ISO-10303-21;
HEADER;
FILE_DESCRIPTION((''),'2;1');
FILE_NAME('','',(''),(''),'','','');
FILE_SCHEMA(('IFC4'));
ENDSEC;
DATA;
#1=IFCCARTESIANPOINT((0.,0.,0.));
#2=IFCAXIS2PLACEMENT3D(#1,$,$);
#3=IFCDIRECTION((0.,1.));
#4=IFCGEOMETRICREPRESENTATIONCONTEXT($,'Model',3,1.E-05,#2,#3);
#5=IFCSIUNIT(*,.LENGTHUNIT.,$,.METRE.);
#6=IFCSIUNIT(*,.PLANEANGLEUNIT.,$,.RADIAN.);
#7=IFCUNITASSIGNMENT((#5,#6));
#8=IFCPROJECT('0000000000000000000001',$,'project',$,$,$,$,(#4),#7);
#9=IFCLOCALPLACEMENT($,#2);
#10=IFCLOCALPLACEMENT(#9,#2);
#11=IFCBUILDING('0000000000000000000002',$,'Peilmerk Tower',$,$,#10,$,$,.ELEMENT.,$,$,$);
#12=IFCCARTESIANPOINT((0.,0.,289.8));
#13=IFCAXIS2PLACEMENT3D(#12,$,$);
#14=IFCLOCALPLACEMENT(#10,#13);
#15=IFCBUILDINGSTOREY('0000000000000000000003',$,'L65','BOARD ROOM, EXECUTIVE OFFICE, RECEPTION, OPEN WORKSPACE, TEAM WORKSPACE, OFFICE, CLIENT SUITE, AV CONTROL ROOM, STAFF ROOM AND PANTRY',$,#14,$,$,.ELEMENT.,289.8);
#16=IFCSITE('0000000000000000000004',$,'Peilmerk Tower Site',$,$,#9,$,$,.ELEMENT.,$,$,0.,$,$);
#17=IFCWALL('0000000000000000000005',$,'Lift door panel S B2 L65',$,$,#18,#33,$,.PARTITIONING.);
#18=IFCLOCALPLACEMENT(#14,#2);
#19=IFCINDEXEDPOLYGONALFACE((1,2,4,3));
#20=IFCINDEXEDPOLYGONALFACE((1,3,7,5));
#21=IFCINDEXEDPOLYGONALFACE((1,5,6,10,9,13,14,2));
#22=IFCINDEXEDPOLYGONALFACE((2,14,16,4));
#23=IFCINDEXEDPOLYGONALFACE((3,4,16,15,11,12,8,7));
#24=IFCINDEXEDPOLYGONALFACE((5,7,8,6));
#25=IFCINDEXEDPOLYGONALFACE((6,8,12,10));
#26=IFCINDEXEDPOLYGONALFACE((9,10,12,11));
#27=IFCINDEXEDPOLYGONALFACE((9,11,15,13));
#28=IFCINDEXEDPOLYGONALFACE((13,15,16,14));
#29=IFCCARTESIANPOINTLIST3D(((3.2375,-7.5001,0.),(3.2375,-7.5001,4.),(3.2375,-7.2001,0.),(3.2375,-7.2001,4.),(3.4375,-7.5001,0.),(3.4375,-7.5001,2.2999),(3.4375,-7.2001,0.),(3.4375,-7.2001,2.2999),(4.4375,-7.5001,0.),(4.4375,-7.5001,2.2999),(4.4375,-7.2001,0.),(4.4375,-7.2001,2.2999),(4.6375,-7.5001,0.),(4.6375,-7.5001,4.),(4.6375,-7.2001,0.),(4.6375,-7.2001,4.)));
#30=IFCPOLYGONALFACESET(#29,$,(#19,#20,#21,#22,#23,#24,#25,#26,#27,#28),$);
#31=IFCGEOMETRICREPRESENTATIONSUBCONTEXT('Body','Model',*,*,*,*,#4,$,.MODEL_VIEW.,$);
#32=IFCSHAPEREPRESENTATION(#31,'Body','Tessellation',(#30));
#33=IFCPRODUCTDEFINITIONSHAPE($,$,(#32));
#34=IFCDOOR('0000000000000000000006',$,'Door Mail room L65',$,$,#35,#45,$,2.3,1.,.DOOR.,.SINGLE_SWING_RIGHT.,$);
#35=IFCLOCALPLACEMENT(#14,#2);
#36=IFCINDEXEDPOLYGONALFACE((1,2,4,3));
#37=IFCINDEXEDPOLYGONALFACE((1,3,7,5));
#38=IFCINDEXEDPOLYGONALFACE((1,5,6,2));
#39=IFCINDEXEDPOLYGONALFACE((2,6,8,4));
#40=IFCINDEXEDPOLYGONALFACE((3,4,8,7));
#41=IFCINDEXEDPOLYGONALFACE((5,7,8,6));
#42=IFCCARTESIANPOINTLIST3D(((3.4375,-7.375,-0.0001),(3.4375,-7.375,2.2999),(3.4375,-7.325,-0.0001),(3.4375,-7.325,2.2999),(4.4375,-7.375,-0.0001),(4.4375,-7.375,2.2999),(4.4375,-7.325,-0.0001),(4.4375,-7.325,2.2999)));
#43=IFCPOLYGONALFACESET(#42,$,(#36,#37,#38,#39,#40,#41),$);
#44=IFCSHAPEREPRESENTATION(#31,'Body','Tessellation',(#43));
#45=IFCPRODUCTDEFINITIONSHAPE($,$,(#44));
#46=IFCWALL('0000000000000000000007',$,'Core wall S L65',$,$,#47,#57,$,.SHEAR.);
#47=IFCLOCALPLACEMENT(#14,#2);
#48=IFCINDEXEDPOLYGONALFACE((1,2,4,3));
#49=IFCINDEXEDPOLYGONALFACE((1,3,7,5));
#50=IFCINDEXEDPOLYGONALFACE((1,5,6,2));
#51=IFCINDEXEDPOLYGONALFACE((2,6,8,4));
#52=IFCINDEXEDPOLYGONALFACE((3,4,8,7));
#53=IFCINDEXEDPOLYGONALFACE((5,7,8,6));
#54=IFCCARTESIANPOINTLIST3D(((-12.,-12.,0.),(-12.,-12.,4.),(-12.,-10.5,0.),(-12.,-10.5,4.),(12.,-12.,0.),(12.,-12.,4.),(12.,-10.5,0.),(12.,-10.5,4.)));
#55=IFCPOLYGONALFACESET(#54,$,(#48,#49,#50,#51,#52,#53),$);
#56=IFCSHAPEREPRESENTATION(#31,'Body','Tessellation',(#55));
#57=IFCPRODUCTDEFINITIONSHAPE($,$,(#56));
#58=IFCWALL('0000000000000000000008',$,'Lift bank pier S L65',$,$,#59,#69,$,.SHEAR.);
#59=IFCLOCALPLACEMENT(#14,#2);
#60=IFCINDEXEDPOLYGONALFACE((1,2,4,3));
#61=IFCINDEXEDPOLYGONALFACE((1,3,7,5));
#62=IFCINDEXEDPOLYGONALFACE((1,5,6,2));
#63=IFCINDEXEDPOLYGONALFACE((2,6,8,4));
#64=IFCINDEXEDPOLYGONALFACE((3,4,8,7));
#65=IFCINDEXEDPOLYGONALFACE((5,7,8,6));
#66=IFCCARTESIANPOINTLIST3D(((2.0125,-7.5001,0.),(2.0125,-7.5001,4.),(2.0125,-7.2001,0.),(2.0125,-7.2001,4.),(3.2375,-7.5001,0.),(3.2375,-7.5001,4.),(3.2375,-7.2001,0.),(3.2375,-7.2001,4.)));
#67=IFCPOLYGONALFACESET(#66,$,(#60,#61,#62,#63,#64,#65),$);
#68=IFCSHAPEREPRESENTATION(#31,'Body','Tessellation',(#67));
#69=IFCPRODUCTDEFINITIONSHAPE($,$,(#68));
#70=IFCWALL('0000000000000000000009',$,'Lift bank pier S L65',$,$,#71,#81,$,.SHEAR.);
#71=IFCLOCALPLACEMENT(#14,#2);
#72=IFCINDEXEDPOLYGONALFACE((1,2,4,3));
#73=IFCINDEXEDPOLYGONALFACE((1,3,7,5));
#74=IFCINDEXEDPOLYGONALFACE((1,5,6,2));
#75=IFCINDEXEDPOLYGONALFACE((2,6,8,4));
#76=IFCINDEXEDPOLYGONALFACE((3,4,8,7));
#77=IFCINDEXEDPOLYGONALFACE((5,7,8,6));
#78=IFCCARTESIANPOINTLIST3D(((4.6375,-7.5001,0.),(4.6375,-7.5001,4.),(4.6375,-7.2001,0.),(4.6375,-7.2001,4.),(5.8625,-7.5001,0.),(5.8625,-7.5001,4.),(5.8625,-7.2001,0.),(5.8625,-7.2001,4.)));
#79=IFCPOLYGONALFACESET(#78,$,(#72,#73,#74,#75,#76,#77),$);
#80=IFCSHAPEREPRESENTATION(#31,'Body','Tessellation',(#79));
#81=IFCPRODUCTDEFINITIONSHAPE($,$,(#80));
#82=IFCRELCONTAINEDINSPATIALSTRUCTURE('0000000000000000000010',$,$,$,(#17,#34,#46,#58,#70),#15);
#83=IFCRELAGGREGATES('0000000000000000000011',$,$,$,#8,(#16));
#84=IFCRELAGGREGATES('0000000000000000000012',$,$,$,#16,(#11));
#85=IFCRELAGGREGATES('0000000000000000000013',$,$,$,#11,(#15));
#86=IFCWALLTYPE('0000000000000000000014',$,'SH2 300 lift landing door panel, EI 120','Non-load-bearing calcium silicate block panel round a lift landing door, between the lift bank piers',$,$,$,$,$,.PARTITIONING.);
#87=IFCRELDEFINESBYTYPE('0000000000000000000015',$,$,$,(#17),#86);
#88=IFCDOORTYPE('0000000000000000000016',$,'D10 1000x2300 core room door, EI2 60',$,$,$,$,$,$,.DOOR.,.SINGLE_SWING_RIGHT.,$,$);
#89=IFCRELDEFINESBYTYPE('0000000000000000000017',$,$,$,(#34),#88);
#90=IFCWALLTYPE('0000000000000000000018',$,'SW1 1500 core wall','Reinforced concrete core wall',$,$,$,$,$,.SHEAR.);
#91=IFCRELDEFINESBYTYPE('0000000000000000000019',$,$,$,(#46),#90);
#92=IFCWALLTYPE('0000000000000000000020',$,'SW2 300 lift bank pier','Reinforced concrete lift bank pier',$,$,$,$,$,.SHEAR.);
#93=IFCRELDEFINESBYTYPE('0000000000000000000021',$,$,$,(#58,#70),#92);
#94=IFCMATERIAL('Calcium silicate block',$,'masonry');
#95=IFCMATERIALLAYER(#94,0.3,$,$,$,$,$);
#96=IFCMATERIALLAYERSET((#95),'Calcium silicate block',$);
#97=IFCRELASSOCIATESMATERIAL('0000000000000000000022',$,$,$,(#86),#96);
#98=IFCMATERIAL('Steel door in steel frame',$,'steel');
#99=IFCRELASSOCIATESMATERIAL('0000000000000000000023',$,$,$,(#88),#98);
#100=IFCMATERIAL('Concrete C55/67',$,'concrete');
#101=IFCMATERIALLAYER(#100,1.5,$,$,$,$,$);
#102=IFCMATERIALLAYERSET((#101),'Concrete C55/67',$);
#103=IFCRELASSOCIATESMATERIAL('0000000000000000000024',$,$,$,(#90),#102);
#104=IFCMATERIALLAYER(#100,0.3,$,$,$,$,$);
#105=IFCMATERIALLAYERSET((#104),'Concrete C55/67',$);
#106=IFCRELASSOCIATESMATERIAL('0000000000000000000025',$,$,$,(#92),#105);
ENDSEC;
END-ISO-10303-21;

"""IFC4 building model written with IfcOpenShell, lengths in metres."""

from ifc_helpers import new_model, si_unit, direction, frame, frame_2d, origin, place, context, subcontext, project, spatial, rectangle, extrude, material, layer, layer_set, type_object, element, fill, save


model = new_model("IFC4")

# Units and contexts
model_context = context("Model", 3, precision=1e-05, world=origin(), true_north=direction((0.0, 1.0)))
body_context = subcontext(model_context, "Body", "Model", "MODEL_VIEW")
ifc_project = project(units=[si_unit("LENGTHUNIT", "METRE"), si_unit("PLANEANGLEUNIT", "RADIAN")], contexts=[model_context])

# Site, building, storey
site_placement = place(None, origin())
site = spatial("IfcSite", under=ifc_project, at=site_placement, Name="Peilmerk Tower Site", CompositionType="ELEMENT", RefElevation=0.0)
building_placement = place(site_placement, origin())
building = spatial("IfcBuilding", under=site, at=building_placement, Name="Peilmerk Tower", CompositionType="ELEMENT")
storey_placement = place(building_placement, frame((0.0, 0.0, 289.8)))
storey = spatial("IfcBuildingStorey", under=building, at=storey_placement, Name="L65", Description="BOARD ROOM, EXECUTIVE OFFICE, RECEPTION, OPEN WORKSPACE, TEAM WORKSPACE, OFFICE, CLIENT SUITE, AV CONTROL ROOM, STAFF ROOM AND PANTRY", CompositionType="ELEMENT", Elevation=289.8)

# Shared definitions
ifc_material_1 = material(Name="Calcium silicate block", Category="masonry")

# Shared definitions
ifc_layer_1 = layer(ifc_material_1, 0.3)
ifc_layer_set_1 = layer_set([ifc_layer_1], Name="Calcium silicate block")
wall_type_1 = type_object("IfcWallType", Name="SH2 300 lift landing door panel, EI 120", Description="Non-load-bearing calcium silicate block panel round a lift landing door, between the lift bank piers", PredefinedType="PARTITIONING", material=ifc_layer_set_1)

# Wall, opening, door
wall_1_placement = place(storey_placement, frame((3.2375, -7.3501, 0.0), z_axis=(0.0, 0.0, 1.0), x_axis=(1.0, 0.0, 0.0)))
wall_1 = element("IfcWall", 1, at=wall_1_placement, inside=storey, type_object=wall_type_1, Name="Lift door panel S B2 L65", PredefinedType="PARTITIONING", context=body_context, shape_type="SweptSolid", body=[
    extrude(rectangle(XDim=1.3999, YDim=0.3, at=frame_2d((0.7, 0.0))), origin(), (0.0, 0.0, 1.0), 4.0),
])
opening_1_placement = place(wall_1_placement, frame((0.2, 0.0, 0.0)))
opening_1 = element("IfcOpeningElement", 2, at=opening_1_placement, cuts=wall_1, PredefinedType="OPENING", context=body_context, shape_type="SweptSolid", body=[
    extrude(rectangle(XDim=1.0, YDim=2.3, at=frame_2d((0.5, 1.1499))), frame((0.0, 0.1599, 0.0), z_axis=(0.0, -1.0, 0.0), x_axis=(1.0, 0.0, 0.0)), (0.0, 0.0, 1.0), 0.3201),
])
ifc_material_2 = material(Name="Steel door in steel frame", Category="steel")
door_type_1 = type_object("IfcDoorType", Name="D10 1000x2300 core room door, EI2 60", OperationType="SINGLE_SWING_RIGHT", PredefinedType="DOOR", material=ifc_material_2)
door_1_placement = place(opening_1_placement, frame((1.0, 0.0, 0.0), z_axis=(0.0, 0.0, 1.0), x_axis=(-1.0, 0.0, 0.0)))
door_1 = element("IfcDoor", 3, at=door_1_placement, inside=storey, type_object=door_type_1, Name="Door Mail room L65", OperationType="SINGLE_SWING_RIGHT", OverallHeight=2.3, OverallWidth=1.0, PredefinedType="DOOR", context=body_context, shape_type="SweptSolid", body=[
    extrude(rectangle(XDim=1.0, YDim=2.3, at=frame_2d((0.5, 1.1499))), frame((0.0, 0.0249, 0.0), z_axis=(0.0, -1.0, 0.0), x_axis=(1.0, 0.0, 0.0)), (0.0, 0.0, 1.0), 0.05),
])
fill(opening_1, door_1)

# Walls
ifc_material_3 = material(Name="Concrete C55/67", Category="concrete")
ifc_layer_2 = layer(ifc_material_3, 1.5)
ifc_layer_set_2 = layer_set([ifc_layer_2], Name="Concrete C55/67")
wall_type_2 = type_object("IfcWallType", Name="SW1 1500 core wall", Description="Reinforced concrete core wall", PredefinedType="SHEAR", material=ifc_layer_set_2)
wall_2_placement = place(storey_placement, frame((12.0, -11.25, 0.0), z_axis=(0.0, 0.0, 1.0), x_axis=(-1.0, 0.0, 0.0)))
element("IfcWall", 4, at=wall_2_placement, inside=storey, type_object=wall_type_2, Name="Core wall S L65", PredefinedType="SHEAR", context=body_context, shape_type="SweptSolid", body=[
    extrude(rectangle(XDim=24.0, YDim=1.5, at=frame_2d((12.0, 0.0))), origin(), (0.0, 0.0, 1.0), 4.0),
])
ifc_layer_3 = layer(ifc_material_3, 0.3)
ifc_layer_set_3 = layer_set([ifc_layer_3], Name="Concrete C55/67")
wall_type_3 = type_object("IfcWallType", Name="SW2 300 lift bank pier", Description="Reinforced concrete lift bank pier", PredefinedType="SHEAR", material=ifc_layer_set_3)
for number, where, z_axis, x_axis, name in (
    (5, (2.0125, -7.3501, 0.0), (0.0, 0.0, 1.0), (1.0, 0.0, 0.0), "Lift bank pier S L65"),
    (6, (4.6375, -7.3501, 0.0), (0.0, 0.0, 1.0), (1.0, 0.0, 0.0), "Lift bank pier S L65"),
):
    element("IfcWall", number, at=place(storey_placement, frame(where, z_axis=z_axis, x_axis=x_axis)), inside=storey, type_object=wall_type_3, Name=name, PredefinedType="SHEAR", context=body_context, shape_type="SweptSolid", body=[
        extrude(rectangle(XDim=1.2251, YDim=0.3, at=frame_2d((0.6125, 0.0))), origin(), (0.0, 0.0, 1.0), 4.0),
    ])

save(model, "model.ifc")
